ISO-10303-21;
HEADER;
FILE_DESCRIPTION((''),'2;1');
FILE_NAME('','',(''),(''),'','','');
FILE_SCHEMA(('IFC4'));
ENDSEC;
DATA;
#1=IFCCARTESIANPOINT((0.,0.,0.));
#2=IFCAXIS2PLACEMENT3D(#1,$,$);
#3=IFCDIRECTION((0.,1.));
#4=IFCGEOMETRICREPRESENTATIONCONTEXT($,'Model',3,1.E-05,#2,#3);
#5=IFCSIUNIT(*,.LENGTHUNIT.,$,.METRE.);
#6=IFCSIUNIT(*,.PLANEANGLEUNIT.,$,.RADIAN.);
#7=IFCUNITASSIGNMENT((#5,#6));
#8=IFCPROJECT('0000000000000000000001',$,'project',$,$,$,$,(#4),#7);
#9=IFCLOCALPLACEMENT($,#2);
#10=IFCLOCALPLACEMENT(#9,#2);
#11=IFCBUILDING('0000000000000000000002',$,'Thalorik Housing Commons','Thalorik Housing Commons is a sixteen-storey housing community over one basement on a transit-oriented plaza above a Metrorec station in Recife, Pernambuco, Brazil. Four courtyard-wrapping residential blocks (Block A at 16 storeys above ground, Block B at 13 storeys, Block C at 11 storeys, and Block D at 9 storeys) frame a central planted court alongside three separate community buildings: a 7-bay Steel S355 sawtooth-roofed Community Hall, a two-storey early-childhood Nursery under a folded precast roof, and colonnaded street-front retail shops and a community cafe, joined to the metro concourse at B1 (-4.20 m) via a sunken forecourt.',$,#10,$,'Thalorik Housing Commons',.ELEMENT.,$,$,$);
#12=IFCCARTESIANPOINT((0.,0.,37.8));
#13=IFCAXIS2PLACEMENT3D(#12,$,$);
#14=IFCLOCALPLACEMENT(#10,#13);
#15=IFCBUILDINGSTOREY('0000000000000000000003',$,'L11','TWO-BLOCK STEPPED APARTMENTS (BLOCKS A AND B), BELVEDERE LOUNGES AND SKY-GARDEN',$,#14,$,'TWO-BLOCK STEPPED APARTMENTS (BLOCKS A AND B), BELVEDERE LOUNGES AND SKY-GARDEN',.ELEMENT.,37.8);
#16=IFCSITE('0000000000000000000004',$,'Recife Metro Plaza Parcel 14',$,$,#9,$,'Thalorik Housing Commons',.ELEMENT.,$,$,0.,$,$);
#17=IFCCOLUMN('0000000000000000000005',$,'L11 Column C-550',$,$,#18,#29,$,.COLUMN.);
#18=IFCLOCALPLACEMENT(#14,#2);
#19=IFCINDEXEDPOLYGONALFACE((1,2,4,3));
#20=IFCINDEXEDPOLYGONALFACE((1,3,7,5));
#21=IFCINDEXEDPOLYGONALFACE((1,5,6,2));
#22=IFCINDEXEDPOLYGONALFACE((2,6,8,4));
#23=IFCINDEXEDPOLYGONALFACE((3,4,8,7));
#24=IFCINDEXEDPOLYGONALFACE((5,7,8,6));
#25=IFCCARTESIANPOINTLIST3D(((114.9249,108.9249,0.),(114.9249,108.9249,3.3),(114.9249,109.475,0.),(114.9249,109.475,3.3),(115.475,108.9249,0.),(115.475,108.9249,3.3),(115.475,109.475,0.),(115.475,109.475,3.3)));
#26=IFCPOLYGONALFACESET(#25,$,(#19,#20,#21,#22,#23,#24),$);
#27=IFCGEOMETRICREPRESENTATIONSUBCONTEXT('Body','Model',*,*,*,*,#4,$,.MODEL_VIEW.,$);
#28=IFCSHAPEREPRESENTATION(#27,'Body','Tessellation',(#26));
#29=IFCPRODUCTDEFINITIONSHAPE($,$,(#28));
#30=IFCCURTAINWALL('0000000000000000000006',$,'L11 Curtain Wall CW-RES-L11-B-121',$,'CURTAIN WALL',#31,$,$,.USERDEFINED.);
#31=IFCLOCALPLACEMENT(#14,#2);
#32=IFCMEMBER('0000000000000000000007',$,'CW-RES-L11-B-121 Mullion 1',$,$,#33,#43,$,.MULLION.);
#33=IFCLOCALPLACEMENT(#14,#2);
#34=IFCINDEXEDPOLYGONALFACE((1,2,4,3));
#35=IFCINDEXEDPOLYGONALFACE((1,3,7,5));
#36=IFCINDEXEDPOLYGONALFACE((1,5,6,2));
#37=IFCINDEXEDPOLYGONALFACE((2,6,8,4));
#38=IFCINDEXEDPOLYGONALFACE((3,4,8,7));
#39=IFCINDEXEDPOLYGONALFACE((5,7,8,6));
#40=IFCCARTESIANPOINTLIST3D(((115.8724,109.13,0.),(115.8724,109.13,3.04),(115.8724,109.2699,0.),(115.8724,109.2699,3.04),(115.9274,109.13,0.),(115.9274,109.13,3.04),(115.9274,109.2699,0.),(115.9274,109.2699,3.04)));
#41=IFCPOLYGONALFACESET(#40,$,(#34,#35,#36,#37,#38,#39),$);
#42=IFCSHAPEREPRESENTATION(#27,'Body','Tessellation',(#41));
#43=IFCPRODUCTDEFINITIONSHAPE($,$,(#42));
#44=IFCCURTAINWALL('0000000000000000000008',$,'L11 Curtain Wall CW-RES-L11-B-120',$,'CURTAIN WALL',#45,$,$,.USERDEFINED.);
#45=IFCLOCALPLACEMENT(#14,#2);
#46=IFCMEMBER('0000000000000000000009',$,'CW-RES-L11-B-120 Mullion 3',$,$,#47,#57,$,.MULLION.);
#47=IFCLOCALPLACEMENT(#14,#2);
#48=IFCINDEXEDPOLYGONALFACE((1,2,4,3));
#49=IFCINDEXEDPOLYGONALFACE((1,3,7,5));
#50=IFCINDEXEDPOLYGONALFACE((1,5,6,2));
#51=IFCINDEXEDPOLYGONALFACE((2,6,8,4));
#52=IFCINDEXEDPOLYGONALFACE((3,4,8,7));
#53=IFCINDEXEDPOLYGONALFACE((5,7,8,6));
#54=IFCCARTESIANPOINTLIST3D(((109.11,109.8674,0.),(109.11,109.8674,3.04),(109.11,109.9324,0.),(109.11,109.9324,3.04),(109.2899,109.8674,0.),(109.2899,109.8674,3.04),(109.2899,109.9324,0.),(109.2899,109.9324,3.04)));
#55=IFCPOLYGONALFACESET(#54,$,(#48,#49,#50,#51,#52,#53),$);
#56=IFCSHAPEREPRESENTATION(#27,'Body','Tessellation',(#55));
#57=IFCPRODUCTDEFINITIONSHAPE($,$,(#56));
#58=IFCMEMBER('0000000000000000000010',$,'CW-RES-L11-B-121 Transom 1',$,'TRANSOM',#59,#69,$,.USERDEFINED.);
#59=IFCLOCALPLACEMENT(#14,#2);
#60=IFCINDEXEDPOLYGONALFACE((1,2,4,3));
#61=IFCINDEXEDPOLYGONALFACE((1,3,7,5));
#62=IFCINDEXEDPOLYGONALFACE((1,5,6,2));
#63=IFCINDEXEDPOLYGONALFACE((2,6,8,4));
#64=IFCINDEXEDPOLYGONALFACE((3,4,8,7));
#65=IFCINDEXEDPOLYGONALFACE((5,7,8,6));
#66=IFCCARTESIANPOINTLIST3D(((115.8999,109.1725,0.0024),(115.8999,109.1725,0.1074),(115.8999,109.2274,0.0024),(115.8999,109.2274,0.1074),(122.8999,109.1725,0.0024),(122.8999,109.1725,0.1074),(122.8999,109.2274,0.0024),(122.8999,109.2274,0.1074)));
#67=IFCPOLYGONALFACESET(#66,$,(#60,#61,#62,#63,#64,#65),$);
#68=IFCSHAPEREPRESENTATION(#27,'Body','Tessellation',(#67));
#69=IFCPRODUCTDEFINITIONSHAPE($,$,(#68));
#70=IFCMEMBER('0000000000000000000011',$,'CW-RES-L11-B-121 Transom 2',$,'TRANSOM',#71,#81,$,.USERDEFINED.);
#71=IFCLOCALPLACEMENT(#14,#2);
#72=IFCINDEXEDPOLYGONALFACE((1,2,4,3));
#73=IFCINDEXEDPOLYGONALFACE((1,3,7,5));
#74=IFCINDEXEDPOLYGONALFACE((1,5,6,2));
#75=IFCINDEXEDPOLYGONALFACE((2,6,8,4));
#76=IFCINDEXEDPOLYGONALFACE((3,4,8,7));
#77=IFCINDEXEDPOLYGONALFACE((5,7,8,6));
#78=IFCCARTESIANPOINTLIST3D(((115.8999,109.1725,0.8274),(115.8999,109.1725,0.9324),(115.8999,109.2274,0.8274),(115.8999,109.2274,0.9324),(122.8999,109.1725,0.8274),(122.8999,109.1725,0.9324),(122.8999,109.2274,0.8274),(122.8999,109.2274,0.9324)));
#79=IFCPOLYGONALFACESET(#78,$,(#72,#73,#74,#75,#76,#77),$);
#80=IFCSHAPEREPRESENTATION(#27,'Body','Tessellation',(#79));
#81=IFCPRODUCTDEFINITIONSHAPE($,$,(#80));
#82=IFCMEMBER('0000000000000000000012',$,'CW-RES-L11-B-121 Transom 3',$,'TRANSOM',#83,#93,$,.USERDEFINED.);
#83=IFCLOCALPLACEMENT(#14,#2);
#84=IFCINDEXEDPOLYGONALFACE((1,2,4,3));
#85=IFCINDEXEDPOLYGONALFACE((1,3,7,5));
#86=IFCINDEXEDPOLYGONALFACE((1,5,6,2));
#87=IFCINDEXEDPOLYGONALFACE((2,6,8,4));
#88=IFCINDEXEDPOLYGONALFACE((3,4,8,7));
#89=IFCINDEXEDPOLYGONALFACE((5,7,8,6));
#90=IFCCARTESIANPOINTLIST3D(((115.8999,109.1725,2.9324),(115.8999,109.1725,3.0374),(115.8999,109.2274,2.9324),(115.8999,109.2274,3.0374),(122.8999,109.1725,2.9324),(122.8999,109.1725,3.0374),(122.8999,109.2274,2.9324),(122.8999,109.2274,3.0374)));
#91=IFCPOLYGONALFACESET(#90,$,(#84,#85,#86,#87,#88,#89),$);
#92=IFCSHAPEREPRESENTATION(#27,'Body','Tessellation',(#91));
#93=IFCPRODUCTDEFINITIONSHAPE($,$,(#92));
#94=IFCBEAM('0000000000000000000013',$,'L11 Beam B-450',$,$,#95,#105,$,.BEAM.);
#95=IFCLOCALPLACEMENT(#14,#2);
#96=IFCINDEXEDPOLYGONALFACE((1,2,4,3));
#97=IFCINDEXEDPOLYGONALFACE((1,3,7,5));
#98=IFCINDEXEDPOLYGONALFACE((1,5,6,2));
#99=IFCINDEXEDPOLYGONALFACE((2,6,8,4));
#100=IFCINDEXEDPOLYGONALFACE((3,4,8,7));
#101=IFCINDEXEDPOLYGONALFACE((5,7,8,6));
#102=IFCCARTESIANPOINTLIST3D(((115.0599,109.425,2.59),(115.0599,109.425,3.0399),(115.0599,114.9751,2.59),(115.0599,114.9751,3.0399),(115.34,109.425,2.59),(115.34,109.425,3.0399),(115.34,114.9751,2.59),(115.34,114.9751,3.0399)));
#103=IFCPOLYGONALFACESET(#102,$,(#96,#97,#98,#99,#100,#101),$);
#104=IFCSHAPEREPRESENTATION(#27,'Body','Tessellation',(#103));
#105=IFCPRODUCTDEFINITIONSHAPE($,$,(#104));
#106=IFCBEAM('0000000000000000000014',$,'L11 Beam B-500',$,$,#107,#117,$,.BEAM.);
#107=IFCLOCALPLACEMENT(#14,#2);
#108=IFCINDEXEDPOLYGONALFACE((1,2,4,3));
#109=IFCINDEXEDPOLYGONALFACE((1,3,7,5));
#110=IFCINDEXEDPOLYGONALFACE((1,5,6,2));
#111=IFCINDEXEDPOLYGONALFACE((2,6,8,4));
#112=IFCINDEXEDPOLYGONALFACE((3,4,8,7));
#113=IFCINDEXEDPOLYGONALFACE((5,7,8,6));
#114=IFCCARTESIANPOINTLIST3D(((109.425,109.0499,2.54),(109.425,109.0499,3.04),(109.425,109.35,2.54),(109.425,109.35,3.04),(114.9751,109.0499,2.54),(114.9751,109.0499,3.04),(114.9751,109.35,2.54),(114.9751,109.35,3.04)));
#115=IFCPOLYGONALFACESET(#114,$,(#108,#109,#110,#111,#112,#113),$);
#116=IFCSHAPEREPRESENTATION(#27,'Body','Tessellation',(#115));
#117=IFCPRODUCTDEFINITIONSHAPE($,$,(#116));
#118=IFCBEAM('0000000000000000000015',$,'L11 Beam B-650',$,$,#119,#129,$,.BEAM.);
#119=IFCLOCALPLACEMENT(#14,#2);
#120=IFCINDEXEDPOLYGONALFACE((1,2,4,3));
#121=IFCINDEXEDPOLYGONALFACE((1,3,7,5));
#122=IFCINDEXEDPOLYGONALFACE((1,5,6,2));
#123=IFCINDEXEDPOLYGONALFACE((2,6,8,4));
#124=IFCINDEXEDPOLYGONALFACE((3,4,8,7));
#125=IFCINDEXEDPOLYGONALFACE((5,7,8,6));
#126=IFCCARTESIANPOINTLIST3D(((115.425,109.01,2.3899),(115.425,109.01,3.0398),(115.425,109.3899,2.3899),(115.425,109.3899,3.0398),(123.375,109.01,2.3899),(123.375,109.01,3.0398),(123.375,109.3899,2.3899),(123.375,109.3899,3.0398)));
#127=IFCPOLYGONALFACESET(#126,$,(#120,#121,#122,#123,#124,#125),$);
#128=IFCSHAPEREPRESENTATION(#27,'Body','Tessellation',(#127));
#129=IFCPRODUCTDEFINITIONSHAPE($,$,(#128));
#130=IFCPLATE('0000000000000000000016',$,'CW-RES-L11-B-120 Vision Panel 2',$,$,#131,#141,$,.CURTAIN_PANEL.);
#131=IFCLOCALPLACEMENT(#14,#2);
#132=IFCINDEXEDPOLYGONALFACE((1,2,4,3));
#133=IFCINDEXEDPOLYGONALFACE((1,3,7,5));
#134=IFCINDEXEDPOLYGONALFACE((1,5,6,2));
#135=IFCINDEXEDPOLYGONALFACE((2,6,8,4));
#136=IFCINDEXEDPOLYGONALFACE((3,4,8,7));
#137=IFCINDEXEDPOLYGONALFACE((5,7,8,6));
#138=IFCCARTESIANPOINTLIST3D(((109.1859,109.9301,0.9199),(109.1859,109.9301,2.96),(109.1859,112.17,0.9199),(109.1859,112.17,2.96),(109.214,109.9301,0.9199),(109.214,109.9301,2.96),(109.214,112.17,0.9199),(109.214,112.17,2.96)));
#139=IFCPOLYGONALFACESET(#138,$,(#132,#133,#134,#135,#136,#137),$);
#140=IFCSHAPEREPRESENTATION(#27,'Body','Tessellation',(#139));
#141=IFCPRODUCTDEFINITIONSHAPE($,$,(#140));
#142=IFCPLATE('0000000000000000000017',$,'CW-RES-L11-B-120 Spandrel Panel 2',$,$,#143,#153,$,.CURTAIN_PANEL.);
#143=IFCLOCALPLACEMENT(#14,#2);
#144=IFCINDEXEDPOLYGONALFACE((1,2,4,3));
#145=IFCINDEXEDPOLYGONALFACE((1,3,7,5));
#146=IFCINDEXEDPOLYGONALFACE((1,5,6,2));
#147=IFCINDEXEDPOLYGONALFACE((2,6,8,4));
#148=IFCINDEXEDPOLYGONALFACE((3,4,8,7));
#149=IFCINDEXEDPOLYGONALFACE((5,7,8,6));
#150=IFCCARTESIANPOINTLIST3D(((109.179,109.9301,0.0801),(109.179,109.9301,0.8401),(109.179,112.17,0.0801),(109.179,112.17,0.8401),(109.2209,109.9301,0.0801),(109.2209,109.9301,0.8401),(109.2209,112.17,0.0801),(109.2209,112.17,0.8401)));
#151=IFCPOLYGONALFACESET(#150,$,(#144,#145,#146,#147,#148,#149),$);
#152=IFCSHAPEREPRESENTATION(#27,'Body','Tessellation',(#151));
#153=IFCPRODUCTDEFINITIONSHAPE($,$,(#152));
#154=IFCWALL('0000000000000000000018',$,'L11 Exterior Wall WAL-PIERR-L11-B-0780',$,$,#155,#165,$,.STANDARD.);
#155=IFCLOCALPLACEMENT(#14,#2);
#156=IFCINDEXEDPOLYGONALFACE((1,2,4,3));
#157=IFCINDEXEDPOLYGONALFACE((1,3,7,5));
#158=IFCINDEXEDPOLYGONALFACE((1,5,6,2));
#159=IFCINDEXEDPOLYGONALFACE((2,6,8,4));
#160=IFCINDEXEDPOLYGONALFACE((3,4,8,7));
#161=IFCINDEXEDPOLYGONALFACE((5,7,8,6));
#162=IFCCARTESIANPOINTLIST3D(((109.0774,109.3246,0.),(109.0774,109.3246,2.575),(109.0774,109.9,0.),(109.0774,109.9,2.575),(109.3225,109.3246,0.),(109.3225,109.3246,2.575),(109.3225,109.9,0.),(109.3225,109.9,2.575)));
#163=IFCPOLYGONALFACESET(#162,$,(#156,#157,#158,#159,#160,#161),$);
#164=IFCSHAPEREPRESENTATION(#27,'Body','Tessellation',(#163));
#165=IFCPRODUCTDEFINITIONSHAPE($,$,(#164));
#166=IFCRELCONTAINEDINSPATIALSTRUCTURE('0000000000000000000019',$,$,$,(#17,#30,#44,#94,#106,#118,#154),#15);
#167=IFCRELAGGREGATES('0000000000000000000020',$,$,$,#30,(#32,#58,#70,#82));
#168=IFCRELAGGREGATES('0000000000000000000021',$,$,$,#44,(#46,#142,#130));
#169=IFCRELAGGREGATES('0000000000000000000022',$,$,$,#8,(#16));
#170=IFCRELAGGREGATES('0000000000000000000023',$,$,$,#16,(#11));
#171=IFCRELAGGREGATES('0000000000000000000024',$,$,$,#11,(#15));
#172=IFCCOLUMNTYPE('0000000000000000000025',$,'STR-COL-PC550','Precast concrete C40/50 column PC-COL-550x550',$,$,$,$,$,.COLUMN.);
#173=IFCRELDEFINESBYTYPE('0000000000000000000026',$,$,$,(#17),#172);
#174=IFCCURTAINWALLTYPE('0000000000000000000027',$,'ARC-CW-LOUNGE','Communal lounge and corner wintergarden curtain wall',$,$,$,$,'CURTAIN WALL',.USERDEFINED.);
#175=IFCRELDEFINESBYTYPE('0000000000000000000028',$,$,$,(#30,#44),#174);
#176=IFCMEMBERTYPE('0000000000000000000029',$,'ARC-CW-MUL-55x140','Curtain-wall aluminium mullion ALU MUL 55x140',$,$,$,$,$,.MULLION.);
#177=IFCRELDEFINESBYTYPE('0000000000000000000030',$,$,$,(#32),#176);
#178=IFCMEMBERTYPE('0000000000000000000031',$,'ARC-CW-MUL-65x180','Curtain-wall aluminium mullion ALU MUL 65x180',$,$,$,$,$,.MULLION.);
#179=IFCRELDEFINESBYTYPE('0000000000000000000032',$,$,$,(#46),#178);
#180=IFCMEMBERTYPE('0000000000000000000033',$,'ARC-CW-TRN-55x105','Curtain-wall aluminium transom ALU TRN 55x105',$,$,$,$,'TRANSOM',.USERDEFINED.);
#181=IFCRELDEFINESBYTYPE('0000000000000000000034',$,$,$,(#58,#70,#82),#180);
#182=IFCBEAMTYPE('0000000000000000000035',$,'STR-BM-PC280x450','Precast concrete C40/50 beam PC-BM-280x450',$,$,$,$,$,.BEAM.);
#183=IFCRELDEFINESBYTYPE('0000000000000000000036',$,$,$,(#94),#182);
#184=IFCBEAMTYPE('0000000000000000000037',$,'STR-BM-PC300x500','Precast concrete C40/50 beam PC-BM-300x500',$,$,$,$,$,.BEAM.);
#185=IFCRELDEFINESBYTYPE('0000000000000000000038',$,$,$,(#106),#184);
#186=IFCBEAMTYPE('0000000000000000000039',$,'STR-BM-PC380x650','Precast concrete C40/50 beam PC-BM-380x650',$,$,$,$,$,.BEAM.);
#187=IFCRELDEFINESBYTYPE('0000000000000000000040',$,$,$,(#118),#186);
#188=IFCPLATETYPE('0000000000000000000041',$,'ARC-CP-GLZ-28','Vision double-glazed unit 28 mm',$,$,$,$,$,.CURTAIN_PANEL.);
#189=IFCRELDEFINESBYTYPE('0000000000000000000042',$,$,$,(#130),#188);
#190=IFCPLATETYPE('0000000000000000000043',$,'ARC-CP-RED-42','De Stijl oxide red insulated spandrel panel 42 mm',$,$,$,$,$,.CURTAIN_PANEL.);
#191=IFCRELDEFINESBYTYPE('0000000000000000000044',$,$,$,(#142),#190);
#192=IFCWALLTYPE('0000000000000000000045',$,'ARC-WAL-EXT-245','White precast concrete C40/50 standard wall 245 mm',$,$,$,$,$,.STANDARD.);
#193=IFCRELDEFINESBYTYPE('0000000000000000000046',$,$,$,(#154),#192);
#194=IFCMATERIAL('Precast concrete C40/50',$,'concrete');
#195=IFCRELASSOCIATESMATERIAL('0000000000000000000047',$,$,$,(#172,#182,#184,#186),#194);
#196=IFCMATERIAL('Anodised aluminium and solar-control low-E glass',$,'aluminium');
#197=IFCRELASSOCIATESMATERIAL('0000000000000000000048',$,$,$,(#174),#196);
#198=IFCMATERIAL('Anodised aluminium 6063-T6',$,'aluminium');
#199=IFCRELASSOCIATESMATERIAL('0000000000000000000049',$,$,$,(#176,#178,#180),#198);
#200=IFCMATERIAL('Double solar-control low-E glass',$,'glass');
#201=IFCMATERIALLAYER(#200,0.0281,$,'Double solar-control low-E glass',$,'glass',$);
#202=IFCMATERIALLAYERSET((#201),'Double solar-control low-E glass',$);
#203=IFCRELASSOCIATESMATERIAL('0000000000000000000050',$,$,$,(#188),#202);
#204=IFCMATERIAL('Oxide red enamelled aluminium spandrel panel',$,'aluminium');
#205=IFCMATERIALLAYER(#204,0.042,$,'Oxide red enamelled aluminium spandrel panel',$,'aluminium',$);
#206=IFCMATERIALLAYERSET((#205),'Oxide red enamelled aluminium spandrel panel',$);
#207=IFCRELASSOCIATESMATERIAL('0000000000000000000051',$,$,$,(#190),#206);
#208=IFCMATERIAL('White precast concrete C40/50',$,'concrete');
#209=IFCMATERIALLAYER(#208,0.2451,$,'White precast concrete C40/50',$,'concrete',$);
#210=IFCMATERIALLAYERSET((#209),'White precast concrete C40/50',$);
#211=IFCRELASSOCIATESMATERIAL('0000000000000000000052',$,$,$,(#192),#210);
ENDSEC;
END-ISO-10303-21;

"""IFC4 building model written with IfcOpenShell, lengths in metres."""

from ifc_helpers import new_model, si_unit, direction, frame, frame_2d, origin, origin_2d, place, context, subcontext, project, spatial, rectangle, extrude, material, layer, layer_set, material_profile, profile_set, type_object, element, aggregate, save


model = new_model("IFC4")

# Units and contexts
model_context = context("Model", 3, precision=1e-05, world=origin(), true_north=direction((0.0, 1.0)))
body_context = subcontext(model_context, "Body", "Model", "MODEL_VIEW")
ifc_project = project(units=[si_unit("LENGTHUNIT", "METRE"), si_unit("PLANEANGLEUNIT", "RADIAN")], contexts=[model_context])

# Site, building, storey
site_placement = place(None, origin())
site = spatial("IfcSite", under=ifc_project, at=site_placement, Name="Recife Metro Plaza Parcel 14", LongName="Thalorik Housing Commons", CompositionType="ELEMENT", RefElevation=0.0)
building_placement = place(site_placement, origin())
building = spatial("IfcBuilding", under=site, at=building_placement, Name="Thalorik Housing Commons", Description="Thalorik Housing Commons is a sixteen-storey housing community over one basement on a transit-oriented plaza above a Metrorec station in Recife, Pernambuco, Brazil. Four courtyard-wrapping residential blocks (Block A at 16 storeys above ground, Block B at 13 storeys, Block C at 11 storeys, and Block D at 9 storeys) frame a central planted court alongside three separate community buildings: a 7-bay Steel S355 sawtooth-roofed Community Hall, a two-storey early-childhood Nursery under a folded precast roof, and colonnaded street-front retail shops and a community cafe, joined to the metro concourse at B1 (-4.20 m) via a sunken forecourt.", LongName="Thalorik Housing Commons", CompositionType="ELEMENT")
storey_placement = place(building_placement, frame((0.0, 0.0, 37.8)))
storey = spatial("IfcBuildingStorey", under=building, at=storey_placement, Name="L11", Description="TWO-BLOCK STEPPED APARTMENTS (BLOCKS A AND B), BELVEDERE LOUNGES AND SKY-GARDEN", LongName="TWO-BLOCK STEPPED APARTMENTS (BLOCKS A AND B), BELVEDERE LOUNGES AND SKY-GARDEN", CompositionType="ELEMENT", Elevation=37.8)

# Column
ifc_material_1 = material(Name="Precast concrete C40/50", Category="concrete")
ifc_material_profile_1 = material_profile(ifc_material_1, rectangle(XDim=0.55, YDim=0.55, at=origin_2d()), Name="PC 550x550", Category="concrete")
ifc_profile_set_1 = profile_set([ifc_material_profile_1], Name="Precast concrete C40/50")
column_type = type_object("IfcColumnType", Name="STR-COL-PC550", Description="Precast concrete C40/50 column PC-COL-550x550", PredefinedType="COLUMN", material=ifc_profile_set_1)
column_placement = place(storey_placement, frame((115.2, 109.2, 0.0), z_axis=(0.0, 0.0, 1.0), x_axis=(1.0, 0.0, 0.0)))
element("IfcColumn", 1, at=column_placement, inside=storey, type_object=column_type, Name="L11 Column C-550", PredefinedType="COLUMN", context=body_context, shape_type="SweptSolid", body=[
    extrude(rectangle(XDim=0.55, YDim=0.55, at=origin_2d()), origin(), (0.0, 0.0, 1.0), 3.3),
])

# Curtain walls, members
ifc_material_2 = material(Name="Anodised aluminium and solar-control low-E glass", Category="aluminium")
curtain_wall_type = type_object("IfcCurtainWallType", Name="ARC-CW-LOUNGE", Description="Communal lounge and corner wintergarden curtain wall", ElementType="CURTAIN WALL", PredefinedType="USERDEFINED", material=ifc_material_2)
curtain_wall_1_placement = place(storey_placement, origin())
curtain_wall_1 = element("IfcCurtainWall", 2, at=curtain_wall_1_placement, inside=storey, type_object=curtain_wall_type, Name="L11 Curtain Wall CW-RES-L11-B-121", ObjectType="CURTAIN WALL", PredefinedType="USERDEFINED")
ifc_material_3 = material(Name="Anodised aluminium 6063-T6", Category="aluminium")
ifc_material_profile_2 = material_profile(ifc_material_3, rectangle(XDim=0.0549, YDim=0.1399, at=origin_2d()), Name="ALU MUL 55x140", Category="aluminium")
ifc_profile_set_2 = profile_set([ifc_material_profile_2], Name="Anodised aluminium 6063-T6")
member_type_1 = type_object("IfcMemberType", Name="ARC-CW-MUL-55x140", Description="Curtain-wall aluminium mullion ALU MUL 55x140", PredefinedType="MULLION", material=ifc_profile_set_2)
member_1_placement = place(storey_placement, frame((115.8999, 109.2, 0.0), z_axis=(0.0, 0.0, 1.0), x_axis=(1.0, 0.0, 0.0)))
member_1 = element("IfcMember", 3, at=member_1_placement, type_object=member_type_1, Name="CW-RES-L11-B-121 Mullion 1", PredefinedType="MULLION", context=body_context, shape_type="SweptSolid", body=[
    extrude(rectangle(XDim=0.0549, YDim=0.1399, at=origin_2d()), origin(), (0.0, 0.0, 1.0), 3.04),
])
curtain_wall_2_placement = place(storey_placement, origin())
curtain_wall_2 = element("IfcCurtainWall", 4, at=curtain_wall_2_placement, inside=storey, type_object=curtain_wall_type, Name="L11 Curtain Wall CW-RES-L11-B-120", ObjectType="CURTAIN WALL", PredefinedType="USERDEFINED")
ifc_material_profile_3 = material_profile(ifc_material_3, rectangle(XDim=0.0649, YDim=0.1799, at=origin_2d()), Name="ALU MUL 65x180", Category="aluminium")
ifc_profile_set_3 = profile_set([ifc_material_profile_3], Name="Anodised aluminium 6063-T6")
member_type_2 = type_object("IfcMemberType", Name="ARC-CW-MUL-65x180", Description="Curtain-wall aluminium mullion ALU MUL 65x180", PredefinedType="MULLION", material=ifc_profile_set_3)
member_2_placement = place(storey_placement, frame((109.2, 109.8999, 0.0), z_axis=(0.0, 0.0, 1.0), x_axis=(0.0, -1.0, 0.0)))
member_2 = element("IfcMember", 5, at=member_2_placement, type_object=member_type_2, Name="CW-RES-L11-B-120 Mullion 3", PredefinedType="MULLION", context=body_context, shape_type="SweptSolid", body=[
    extrude(rectangle(XDim=0.0649, YDim=0.1799, at=origin_2d()), origin(), (0.0, 0.0, 1.0), 3.04),
])

# Members
ifc_material_profile_4 = material_profile(ifc_material_3, rectangle(XDim=0.0549, YDim=0.105, at=origin_2d()), Name="ALU TRN 55x105", Category="aluminium")
ifc_profile_set_4 = profile_set([ifc_material_profile_4], Name="Anodised aluminium 6063-T6")
member_type_3 = type_object("IfcMemberType", Name="ARC-CW-TRN-55x105", Description="Curtain-wall aluminium transom ALU TRN 55x105", ElementType="TRANSOM", PredefinedType="USERDEFINED", material=ifc_profile_set_4)
member_3_placement = place(storey_placement, frame((115.8999, 109.2, 0.0549), z_axis=(1.0, 0.0, 0.0), x_axis=(0.0, 1.0, 0.0)))
member_3 = element("IfcMember", 6, at=member_3_placement, type_object=member_type_3, Name="CW-RES-L11-B-121 Transom 1", ObjectType="TRANSOM", PredefinedType="USERDEFINED", context=body_context, shape_type="SweptSolid", body=[
    extrude(rectangle(XDim=0.0549, YDim=0.105, at=origin_2d()), origin(), (0.0, 0.0, 1.0), 7.0),
])
member_4_placement = place(storey_placement, frame((115.8999, 109.2, 0.8799), z_axis=(1.0, 0.0, 0.0), x_axis=(0.0, 1.0, 0.0)))
member_4 = element("IfcMember", 7, at=member_4_placement, type_object=member_type_3, Name="CW-RES-L11-B-121 Transom 2", ObjectType="TRANSOM", PredefinedType="USERDEFINED", context=body_context, shape_type="SweptSolid", body=[
    extrude(rectangle(XDim=0.0549, YDim=0.105, at=origin_2d()), origin(), (0.0, 0.0, 1.0), 7.0),
])
member_5_placement = place(storey_placement, frame((115.8999, 109.2, 2.9849), z_axis=(1.0, 0.0, 0.0), x_axis=(0.0, 1.0, 0.0)))
member_5 = element("IfcMember", 8, at=member_5_placement, type_object=member_type_3, Name="CW-RES-L11-B-121 Transom 3", ObjectType="TRANSOM", PredefinedType="USERDEFINED", context=body_context, shape_type="SweptSolid", body=[
    extrude(rectangle(XDim=0.0549, YDim=0.105, at=origin_2d()), origin(), (0.0, 0.0, 1.0), 7.0),
])
aggregate(curtain_wall_1, [member_1, member_3, member_4, member_5])

# Beams
ifc_material_profile_5 = material_profile(ifc_material_1, rectangle(XDim=0.28, YDim=0.45, at=origin_2d()), Name="PC 280x450", Category="concrete")
ifc_profile_set_5 = profile_set([ifc_material_profile_5], Name="Precast concrete C40/50")
beam_type_1 = type_object("IfcBeamType", Name="STR-BM-PC280x450", Description="Precast concrete C40/50 beam PC-BM-280x450", PredefinedType="BEAM", material=ifc_profile_set_5)
beam_1_placement = place(storey_placement, frame((115.2, 109.425, 2.8149), z_axis=(0.0, 1.0, 0.0), x_axis=(-1.0, 0.0, 0.0)))
element("IfcBeam", 9, at=beam_1_placement, inside=storey, type_object=beam_type_1, Name="L11 Beam B-450", PredefinedType="BEAM", context=body_context, shape_type="SweptSolid", body=[
    extrude(rectangle(XDim=0.28, YDim=0.45, at=origin_2d()), origin(), (0.0, 0.0, 1.0), 5.55),
])
ifc_material_profile_6 = material_profile(ifc_material_1, rectangle(XDim=0.3, YDim=0.5, at=origin_2d()), Name="PC 300x500", Category="concrete")
ifc_profile_set_6 = profile_set([ifc_material_profile_6], Name="Precast concrete C40/50")
beam_type_2 = type_object("IfcBeamType", Name="STR-BM-PC300x500", Description="Precast concrete C40/50 beam PC-BM-300x500", PredefinedType="BEAM", material=ifc_profile_set_6)
beam_2_placement = place(storey_placement, frame((109.425, 109.2, 2.79), z_axis=(1.0, 0.0, 0.0), x_axis=(0.0, 1.0, 0.0)))
element("IfcBeam", 10, at=beam_2_placement, inside=storey, type_object=beam_type_2, Name="L11 Beam B-500", PredefinedType="BEAM", context=body_context, shape_type="SweptSolid", body=[
    extrude(rectangle(XDim=0.3, YDim=0.5, at=origin_2d()), origin(), (0.0, 0.0, 1.0), 5.55),
])
ifc_material_profile_7 = material_profile(ifc_material_1, rectangle(XDim=0.3799, YDim=0.6499, at=origin_2d()), Name="PC 380x650", Category="concrete")
ifc_profile_set_7 = profile_set([ifc_material_profile_7], Name="Precast concrete C40/50")
beam_type_3 = type_object("IfcBeamType", Name="STR-BM-PC380x650", Description="Precast concrete C40/50 beam PC-BM-380x650", PredefinedType="BEAM", material=ifc_profile_set_7)
beam_3_placement = place(storey_placement, frame((115.425, 109.2, 2.7148), z_axis=(1.0, 0.0, 0.0), x_axis=(0.0, 1.0, 0.0)))
element("IfcBeam", 11, at=beam_3_placement, inside=storey, type_object=beam_type_3, Name="L11 Beam B-650", PredefinedType="BEAM", context=body_context, shape_type="SweptSolid", body=[
    extrude(rectangle(XDim=0.3799, YDim=0.6499, at=origin_2d()), origin(), (0.0, 0.0, 1.0), 7.95),
])

# Plates
ifc_material_4 = material(Name="Double solar-control low-E glass", Category="glass")
ifc_layer_1 = layer(ifc_material_4, 0.0281, Name="Double solar-control low-E glass", Category="glass")
ifc_layer_set_1 = layer_set([ifc_layer_1], Name="Double solar-control low-E glass")
plate_type_1 = type_object("IfcPlateType", Name="ARC-CP-GLZ-28", Description="Vision double-glazed unit 28 mm", PredefinedType="CURTAIN_PANEL", material=ifc_layer_set_1)
plate_1_placement = place(storey_placement, frame((109.2, 111.05, 0.9199), z_axis=(0.0, 0.0, 1.0), x_axis=(0.0, -1.0, 0.0)))
plate_1 = element("IfcPlate", 12, at=plate_1_placement, type_object=plate_type_1, Name="CW-RES-L11-B-120 Vision Panel 2", PredefinedType="CURTAIN_PANEL", context=body_context, shape_type="SweptSolid", body=[
    extrude(rectangle(XDim=2.24, YDim=0.0281, at=origin_2d()), origin(), (0.0, 0.0, 1.0), 2.04),
])
ifc_material_5 = material(Name="Oxide red enamelled aluminium spandrel panel", Category="aluminium")
ifc_layer_2 = layer(ifc_material_5, 0.042, Name="Oxide red enamelled aluminium spandrel panel", Category="aluminium")
ifc_layer_set_2 = layer_set([ifc_layer_2], Name="Oxide red enamelled aluminium spandrel panel")
plate_type_2 = type_object("IfcPlateType", Name="ARC-CP-RED-42", Description="De Stijl oxide red insulated spandrel panel 42 mm", PredefinedType="CURTAIN_PANEL", material=ifc_layer_set_2)
plate_2_placement = place(storey_placement, frame((109.2, 111.05, 0.0801), z_axis=(0.0, 0.0, 1.0), x_axis=(0.0, -1.0, 0.0)))
plate_2 = element("IfcPlate", 13, at=plate_2_placement, type_object=plate_type_2, Name="CW-RES-L11-B-120 Spandrel Panel 2", PredefinedType="CURTAIN_PANEL", context=body_context, shape_type="SweptSolid", body=[
    extrude(rectangle(XDim=2.24, YDim=0.042, at=origin_2d()), origin(), (0.0, 0.0, 1.0), 0.76),
])
aggregate(curtain_wall_2, [member_2, plate_2, plate_1])

# Wall
ifc_material_6 = material(Name="White precast concrete C40/50", Category="concrete")
ifc_layer_3 = layer(ifc_material_6, 0.2451, Name="White precast concrete C40/50", Category="concrete")
ifc_layer_set_3 = layer_set([ifc_layer_3], Name="White precast concrete C40/50")
wall_type_1 = type_object("IfcWallType", Name="ARC-WAL-EXT-245", Description="White precast concrete C40/50 standard wall 245 mm", PredefinedType="STANDARD", material=ifc_layer_set_3)
wall_1_placement = place(storey_placement, frame((109.2, 109.8999, 0.0), z_axis=(0.0, 0.0, 1.0), x_axis=(0.0, -1.0, 0.0)))
element("IfcWall", 14, at=wall_1_placement, inside=storey, type_object=wall_type_1, Name="L11 Exterior Wall WAL-PIERR-L11-B-0780", PredefinedType="STANDARD", context=body_context, shape_type="SweptSolid", body=[
    extrude(rectangle(XDim=0.5754, YDim=0.2451, at=frame_2d((0.2876, 0.0))), origin(), (0.0, 0.0, 1.0), 2.575),
])

save(model, "model.ifc")
